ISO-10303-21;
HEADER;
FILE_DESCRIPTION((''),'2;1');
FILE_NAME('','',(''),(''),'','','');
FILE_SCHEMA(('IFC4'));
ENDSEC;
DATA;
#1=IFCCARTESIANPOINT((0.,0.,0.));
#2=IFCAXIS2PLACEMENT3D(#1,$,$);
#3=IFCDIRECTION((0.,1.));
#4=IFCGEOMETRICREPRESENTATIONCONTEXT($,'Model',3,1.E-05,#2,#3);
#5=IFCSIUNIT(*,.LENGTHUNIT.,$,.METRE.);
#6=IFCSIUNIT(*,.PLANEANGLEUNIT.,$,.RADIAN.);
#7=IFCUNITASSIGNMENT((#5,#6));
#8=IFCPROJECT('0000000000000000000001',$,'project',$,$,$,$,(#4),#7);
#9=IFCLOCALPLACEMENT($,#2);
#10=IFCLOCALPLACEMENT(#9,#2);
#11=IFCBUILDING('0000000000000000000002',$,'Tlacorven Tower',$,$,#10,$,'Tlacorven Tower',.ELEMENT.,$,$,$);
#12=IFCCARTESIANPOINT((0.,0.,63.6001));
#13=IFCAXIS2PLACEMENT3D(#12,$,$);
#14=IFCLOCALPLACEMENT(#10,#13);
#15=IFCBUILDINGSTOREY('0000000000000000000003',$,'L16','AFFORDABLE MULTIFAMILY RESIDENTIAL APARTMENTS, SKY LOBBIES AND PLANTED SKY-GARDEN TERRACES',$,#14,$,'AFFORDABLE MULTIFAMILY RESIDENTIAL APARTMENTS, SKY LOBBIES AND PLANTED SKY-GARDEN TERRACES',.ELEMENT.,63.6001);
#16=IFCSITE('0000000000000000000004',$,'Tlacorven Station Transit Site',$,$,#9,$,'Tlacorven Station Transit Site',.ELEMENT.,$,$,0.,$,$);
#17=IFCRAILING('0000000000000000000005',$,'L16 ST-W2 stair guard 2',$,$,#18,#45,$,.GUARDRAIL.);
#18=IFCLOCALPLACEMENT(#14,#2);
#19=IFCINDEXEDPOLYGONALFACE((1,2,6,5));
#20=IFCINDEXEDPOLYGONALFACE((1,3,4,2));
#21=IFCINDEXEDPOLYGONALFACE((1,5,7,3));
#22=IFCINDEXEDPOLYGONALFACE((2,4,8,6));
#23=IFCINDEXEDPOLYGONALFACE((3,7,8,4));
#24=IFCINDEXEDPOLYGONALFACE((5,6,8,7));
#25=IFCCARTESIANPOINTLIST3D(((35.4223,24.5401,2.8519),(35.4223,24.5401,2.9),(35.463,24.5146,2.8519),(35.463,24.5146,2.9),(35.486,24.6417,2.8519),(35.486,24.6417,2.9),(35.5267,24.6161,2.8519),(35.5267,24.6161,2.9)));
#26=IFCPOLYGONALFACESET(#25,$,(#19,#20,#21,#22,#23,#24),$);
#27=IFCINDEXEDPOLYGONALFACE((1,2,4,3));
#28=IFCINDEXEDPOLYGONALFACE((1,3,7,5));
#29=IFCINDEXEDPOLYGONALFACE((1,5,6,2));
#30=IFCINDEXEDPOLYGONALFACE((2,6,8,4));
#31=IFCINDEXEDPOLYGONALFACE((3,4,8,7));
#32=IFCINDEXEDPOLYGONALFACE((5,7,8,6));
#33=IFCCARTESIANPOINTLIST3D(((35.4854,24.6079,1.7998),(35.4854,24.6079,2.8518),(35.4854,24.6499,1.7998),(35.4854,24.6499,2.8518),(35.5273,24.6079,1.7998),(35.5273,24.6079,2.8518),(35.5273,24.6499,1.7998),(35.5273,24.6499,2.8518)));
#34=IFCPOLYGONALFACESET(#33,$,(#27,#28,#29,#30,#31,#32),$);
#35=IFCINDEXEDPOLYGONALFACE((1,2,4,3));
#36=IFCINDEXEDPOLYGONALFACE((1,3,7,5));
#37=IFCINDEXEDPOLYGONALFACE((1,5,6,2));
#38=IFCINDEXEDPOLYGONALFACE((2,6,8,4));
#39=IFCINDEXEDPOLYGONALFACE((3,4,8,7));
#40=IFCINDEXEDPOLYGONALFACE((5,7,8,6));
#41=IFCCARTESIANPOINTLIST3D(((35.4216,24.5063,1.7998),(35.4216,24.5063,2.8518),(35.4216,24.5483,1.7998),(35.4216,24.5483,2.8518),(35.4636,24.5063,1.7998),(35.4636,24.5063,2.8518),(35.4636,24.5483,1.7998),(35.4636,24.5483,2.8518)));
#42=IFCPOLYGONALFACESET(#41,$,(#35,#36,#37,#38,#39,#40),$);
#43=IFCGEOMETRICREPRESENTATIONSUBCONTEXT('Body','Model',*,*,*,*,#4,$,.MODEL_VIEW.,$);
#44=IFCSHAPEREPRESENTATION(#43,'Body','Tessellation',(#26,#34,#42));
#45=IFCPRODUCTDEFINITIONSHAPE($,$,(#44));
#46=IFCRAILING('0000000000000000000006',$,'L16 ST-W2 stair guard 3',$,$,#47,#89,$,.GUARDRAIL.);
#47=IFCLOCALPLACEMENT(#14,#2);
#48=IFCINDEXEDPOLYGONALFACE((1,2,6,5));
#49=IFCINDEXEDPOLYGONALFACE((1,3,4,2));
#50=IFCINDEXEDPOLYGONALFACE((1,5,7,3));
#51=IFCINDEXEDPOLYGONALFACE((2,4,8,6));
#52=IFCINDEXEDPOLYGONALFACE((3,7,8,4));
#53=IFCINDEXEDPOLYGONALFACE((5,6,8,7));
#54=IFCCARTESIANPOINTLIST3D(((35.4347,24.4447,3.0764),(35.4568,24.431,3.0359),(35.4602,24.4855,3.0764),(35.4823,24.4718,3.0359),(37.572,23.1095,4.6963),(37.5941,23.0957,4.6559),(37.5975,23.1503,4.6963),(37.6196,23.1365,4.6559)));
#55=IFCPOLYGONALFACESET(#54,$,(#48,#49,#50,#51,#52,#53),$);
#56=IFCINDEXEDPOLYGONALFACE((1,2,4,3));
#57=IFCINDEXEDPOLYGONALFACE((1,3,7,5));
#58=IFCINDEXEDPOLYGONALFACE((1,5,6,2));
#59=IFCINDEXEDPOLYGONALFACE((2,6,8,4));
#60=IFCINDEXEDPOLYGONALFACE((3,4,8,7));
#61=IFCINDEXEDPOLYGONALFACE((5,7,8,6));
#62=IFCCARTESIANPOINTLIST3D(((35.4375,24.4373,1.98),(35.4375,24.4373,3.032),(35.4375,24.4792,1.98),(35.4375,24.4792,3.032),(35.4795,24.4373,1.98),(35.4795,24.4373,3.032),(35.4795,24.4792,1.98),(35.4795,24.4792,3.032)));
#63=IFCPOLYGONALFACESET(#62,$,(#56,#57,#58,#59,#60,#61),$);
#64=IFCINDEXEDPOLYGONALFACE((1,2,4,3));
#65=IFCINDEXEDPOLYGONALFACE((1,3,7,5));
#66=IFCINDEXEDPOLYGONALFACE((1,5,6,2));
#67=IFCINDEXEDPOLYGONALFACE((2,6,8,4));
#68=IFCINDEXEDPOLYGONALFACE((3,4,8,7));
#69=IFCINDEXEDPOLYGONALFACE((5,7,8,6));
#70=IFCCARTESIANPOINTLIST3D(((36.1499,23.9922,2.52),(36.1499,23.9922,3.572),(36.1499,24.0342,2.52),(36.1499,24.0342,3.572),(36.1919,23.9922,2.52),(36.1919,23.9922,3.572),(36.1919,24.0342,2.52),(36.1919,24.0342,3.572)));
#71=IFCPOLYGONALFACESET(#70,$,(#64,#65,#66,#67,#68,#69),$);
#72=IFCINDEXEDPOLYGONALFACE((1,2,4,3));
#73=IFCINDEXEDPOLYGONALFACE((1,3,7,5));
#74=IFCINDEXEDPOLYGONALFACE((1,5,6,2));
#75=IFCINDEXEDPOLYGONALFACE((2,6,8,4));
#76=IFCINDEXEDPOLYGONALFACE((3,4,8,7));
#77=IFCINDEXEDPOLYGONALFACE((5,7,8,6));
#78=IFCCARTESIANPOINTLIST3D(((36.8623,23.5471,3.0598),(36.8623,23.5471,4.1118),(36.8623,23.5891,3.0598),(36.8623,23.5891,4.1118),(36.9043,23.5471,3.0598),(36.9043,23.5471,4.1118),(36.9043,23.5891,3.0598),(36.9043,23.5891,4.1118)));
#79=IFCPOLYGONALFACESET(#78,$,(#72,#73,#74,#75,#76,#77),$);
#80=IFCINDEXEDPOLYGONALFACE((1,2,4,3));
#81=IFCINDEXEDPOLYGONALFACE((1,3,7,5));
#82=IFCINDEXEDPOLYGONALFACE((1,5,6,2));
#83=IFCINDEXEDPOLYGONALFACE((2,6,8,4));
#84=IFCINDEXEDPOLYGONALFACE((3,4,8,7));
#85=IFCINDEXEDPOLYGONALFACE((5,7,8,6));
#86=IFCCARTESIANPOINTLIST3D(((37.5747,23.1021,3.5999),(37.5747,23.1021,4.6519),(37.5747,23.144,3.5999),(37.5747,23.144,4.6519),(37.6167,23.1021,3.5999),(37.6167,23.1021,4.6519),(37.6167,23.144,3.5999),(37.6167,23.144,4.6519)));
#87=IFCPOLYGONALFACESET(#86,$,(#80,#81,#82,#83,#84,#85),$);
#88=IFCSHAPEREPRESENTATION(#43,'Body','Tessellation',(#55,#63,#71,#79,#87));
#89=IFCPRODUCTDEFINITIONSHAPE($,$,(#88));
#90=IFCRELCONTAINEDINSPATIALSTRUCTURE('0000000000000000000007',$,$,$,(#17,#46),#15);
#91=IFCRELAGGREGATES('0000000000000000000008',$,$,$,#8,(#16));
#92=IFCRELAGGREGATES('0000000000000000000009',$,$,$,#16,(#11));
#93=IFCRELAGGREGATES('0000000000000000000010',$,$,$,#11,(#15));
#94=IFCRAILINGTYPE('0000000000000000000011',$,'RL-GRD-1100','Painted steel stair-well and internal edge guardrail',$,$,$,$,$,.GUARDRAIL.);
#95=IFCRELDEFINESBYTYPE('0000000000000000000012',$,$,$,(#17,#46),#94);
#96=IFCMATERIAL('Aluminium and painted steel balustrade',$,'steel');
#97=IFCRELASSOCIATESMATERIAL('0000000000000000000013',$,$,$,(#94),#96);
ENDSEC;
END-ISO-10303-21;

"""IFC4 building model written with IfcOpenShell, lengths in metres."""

from ifc_helpers import new_model, si_unit, direction, frame, origin, origin_2d, place, context, subcontext, project, spatial, rectangle, extrude, source, transform, mapped, material, type_object, element, save


model = new_model("IFC4")

# Units and contexts
model_context = context("Model", 3, precision=1e-05, world=origin(), true_north=direction((0.0, 1.0)))
body_context = subcontext(model_context, "Body", "Model", "MODEL_VIEW")
ifc_project = project(units=[si_unit("LENGTHUNIT", "METRE"), si_unit("PLANEANGLEUNIT", "RADIAN")], contexts=[model_context])

# Site, building, storey
site_placement = place(None, origin())
site = spatial("IfcSite", under=ifc_project, at=site_placement, Name="Tlacorven Station Transit Site", LongName="Tlacorven Station Transit Site", CompositionType="ELEMENT", RefElevation=0.0)
building_placement = place(site_placement, origin())
building = spatial("IfcBuilding", under=site, at=building_placement, Name="Tlacorven Tower", LongName="Tlacorven Tower", CompositionType="ELEMENT")
storey_placement = place(building_placement, frame((0.0, 0.0, 63.6001)))
storey = spatial("IfcBuildingStorey", under=building, at=storey_placement, Name="L16", Description="AFFORDABLE MULTIFAMILY RESIDENTIAL APARTMENTS, SKY LOBBIES AND PLANTED SKY-GARDEN TERRACES", LongName="AFFORDABLE MULTIFAMILY RESIDENTIAL APARTMENTS, SKY LOBBIES AND PLANTED SKY-GARDEN TERRACES", CompositionType="ELEMENT", Elevation=63.6001)

# Railings
ifc_material_1 = material(Name="Aluminium and painted steel balustrade", Category="steel")
railing_type_1 = type_object("IfcRailingType", Name="RL-GRD-1100", Description="Painted steel stair-well and internal edge guardrail", PredefinedType="GUARDRAIL", material=ifc_material_1)
shared_shape_1 = source(origin(), body_context, "Body", "SweptSolid", [
    extrude(rectangle(XDim=0.0481, YDim=0.0481, at=origin_2d()), frame((0.0, 0.0, 1.0762), z_axis=(-0.531462, -0.847082, 0.0), x_axis=(0.847082, -0.531462, 0.0)), (0.0, 0.0, 1.0), 0.1199),
    extrude(rectangle(XDim=0.042, YDim=0.042, at=origin_2d()), origin(), (0.0, 0.0, 1.0), 1.052),
    extrude(rectangle(XDim=0.042, YDim=0.042, at=origin_2d()), frame((-0.0637, -0.1016, 0.0)), (0.0, 0.0, 1.0), 1.052),
])
railing_1_placement = place(storey_placement, frame((35.5063, 24.6289, 1.7998)))
element("IfcRailing", 1, at=railing_1_placement, inside=storey, type_object=railing_type_1, Name="L16 ST-W2 stair guard 2", PredefinedType="GUARDRAIL", context=body_context, shape_type="MappedRepresentation", body=[
    mapped(shared_shape_1, transform((0.0, 0.0, 0.0), scale=1.0)),
])
shared_shape_2 = source(origin(), body_context, "Body", "SweptSolid", [
    extrude(rectangle(XDim=0.0481, YDim=0.0481, at=origin_2d()), frame((0.0, 0.0, 1.0762), z_axis=(0.713417, -0.445702, 0.540727), x_axis=(0.529842, 0.848096, 0.0)), (0.0, 0.0, 1.0), 2.9958),
    extrude(rectangle(XDim=0.042, YDim=0.042, at=origin_2d()), origin(), (0.0, 0.0, 1.0), 1.052),
    extrude(rectangle(XDim=0.042, YDim=0.042, at=origin_2d()), frame((0.7124, -0.4451, 0.54)), (0.0, 0.0, 1.0), 1.052),
    extrude(rectangle(XDim=0.042, YDim=0.042, at=origin_2d()), frame((1.4248, -0.8901, 1.0798)), (0.0, 0.0, 1.0), 1.052),
    extrude(rectangle(XDim=0.042, YDim=0.042, at=origin_2d()), frame((2.1372, -1.3352, 1.6199)), (0.0, 0.0, 1.0), 1.052),
])
railing_2_placement = place(storey_placement, frame((35.4585, 24.4583, 1.98)))
element("IfcRailing", 2, at=railing_2_placement, inside=storey, type_object=railing_type_1, Name="L16 ST-W2 stair guard 3", PredefinedType="GUARDRAIL", context=body_context, shape_type="MappedRepresentation", body=[
    mapped(shared_shape_2, transform((0.0, 0.0, 0.0), scale=1.0)),
])

save(model, "model.ifc")
